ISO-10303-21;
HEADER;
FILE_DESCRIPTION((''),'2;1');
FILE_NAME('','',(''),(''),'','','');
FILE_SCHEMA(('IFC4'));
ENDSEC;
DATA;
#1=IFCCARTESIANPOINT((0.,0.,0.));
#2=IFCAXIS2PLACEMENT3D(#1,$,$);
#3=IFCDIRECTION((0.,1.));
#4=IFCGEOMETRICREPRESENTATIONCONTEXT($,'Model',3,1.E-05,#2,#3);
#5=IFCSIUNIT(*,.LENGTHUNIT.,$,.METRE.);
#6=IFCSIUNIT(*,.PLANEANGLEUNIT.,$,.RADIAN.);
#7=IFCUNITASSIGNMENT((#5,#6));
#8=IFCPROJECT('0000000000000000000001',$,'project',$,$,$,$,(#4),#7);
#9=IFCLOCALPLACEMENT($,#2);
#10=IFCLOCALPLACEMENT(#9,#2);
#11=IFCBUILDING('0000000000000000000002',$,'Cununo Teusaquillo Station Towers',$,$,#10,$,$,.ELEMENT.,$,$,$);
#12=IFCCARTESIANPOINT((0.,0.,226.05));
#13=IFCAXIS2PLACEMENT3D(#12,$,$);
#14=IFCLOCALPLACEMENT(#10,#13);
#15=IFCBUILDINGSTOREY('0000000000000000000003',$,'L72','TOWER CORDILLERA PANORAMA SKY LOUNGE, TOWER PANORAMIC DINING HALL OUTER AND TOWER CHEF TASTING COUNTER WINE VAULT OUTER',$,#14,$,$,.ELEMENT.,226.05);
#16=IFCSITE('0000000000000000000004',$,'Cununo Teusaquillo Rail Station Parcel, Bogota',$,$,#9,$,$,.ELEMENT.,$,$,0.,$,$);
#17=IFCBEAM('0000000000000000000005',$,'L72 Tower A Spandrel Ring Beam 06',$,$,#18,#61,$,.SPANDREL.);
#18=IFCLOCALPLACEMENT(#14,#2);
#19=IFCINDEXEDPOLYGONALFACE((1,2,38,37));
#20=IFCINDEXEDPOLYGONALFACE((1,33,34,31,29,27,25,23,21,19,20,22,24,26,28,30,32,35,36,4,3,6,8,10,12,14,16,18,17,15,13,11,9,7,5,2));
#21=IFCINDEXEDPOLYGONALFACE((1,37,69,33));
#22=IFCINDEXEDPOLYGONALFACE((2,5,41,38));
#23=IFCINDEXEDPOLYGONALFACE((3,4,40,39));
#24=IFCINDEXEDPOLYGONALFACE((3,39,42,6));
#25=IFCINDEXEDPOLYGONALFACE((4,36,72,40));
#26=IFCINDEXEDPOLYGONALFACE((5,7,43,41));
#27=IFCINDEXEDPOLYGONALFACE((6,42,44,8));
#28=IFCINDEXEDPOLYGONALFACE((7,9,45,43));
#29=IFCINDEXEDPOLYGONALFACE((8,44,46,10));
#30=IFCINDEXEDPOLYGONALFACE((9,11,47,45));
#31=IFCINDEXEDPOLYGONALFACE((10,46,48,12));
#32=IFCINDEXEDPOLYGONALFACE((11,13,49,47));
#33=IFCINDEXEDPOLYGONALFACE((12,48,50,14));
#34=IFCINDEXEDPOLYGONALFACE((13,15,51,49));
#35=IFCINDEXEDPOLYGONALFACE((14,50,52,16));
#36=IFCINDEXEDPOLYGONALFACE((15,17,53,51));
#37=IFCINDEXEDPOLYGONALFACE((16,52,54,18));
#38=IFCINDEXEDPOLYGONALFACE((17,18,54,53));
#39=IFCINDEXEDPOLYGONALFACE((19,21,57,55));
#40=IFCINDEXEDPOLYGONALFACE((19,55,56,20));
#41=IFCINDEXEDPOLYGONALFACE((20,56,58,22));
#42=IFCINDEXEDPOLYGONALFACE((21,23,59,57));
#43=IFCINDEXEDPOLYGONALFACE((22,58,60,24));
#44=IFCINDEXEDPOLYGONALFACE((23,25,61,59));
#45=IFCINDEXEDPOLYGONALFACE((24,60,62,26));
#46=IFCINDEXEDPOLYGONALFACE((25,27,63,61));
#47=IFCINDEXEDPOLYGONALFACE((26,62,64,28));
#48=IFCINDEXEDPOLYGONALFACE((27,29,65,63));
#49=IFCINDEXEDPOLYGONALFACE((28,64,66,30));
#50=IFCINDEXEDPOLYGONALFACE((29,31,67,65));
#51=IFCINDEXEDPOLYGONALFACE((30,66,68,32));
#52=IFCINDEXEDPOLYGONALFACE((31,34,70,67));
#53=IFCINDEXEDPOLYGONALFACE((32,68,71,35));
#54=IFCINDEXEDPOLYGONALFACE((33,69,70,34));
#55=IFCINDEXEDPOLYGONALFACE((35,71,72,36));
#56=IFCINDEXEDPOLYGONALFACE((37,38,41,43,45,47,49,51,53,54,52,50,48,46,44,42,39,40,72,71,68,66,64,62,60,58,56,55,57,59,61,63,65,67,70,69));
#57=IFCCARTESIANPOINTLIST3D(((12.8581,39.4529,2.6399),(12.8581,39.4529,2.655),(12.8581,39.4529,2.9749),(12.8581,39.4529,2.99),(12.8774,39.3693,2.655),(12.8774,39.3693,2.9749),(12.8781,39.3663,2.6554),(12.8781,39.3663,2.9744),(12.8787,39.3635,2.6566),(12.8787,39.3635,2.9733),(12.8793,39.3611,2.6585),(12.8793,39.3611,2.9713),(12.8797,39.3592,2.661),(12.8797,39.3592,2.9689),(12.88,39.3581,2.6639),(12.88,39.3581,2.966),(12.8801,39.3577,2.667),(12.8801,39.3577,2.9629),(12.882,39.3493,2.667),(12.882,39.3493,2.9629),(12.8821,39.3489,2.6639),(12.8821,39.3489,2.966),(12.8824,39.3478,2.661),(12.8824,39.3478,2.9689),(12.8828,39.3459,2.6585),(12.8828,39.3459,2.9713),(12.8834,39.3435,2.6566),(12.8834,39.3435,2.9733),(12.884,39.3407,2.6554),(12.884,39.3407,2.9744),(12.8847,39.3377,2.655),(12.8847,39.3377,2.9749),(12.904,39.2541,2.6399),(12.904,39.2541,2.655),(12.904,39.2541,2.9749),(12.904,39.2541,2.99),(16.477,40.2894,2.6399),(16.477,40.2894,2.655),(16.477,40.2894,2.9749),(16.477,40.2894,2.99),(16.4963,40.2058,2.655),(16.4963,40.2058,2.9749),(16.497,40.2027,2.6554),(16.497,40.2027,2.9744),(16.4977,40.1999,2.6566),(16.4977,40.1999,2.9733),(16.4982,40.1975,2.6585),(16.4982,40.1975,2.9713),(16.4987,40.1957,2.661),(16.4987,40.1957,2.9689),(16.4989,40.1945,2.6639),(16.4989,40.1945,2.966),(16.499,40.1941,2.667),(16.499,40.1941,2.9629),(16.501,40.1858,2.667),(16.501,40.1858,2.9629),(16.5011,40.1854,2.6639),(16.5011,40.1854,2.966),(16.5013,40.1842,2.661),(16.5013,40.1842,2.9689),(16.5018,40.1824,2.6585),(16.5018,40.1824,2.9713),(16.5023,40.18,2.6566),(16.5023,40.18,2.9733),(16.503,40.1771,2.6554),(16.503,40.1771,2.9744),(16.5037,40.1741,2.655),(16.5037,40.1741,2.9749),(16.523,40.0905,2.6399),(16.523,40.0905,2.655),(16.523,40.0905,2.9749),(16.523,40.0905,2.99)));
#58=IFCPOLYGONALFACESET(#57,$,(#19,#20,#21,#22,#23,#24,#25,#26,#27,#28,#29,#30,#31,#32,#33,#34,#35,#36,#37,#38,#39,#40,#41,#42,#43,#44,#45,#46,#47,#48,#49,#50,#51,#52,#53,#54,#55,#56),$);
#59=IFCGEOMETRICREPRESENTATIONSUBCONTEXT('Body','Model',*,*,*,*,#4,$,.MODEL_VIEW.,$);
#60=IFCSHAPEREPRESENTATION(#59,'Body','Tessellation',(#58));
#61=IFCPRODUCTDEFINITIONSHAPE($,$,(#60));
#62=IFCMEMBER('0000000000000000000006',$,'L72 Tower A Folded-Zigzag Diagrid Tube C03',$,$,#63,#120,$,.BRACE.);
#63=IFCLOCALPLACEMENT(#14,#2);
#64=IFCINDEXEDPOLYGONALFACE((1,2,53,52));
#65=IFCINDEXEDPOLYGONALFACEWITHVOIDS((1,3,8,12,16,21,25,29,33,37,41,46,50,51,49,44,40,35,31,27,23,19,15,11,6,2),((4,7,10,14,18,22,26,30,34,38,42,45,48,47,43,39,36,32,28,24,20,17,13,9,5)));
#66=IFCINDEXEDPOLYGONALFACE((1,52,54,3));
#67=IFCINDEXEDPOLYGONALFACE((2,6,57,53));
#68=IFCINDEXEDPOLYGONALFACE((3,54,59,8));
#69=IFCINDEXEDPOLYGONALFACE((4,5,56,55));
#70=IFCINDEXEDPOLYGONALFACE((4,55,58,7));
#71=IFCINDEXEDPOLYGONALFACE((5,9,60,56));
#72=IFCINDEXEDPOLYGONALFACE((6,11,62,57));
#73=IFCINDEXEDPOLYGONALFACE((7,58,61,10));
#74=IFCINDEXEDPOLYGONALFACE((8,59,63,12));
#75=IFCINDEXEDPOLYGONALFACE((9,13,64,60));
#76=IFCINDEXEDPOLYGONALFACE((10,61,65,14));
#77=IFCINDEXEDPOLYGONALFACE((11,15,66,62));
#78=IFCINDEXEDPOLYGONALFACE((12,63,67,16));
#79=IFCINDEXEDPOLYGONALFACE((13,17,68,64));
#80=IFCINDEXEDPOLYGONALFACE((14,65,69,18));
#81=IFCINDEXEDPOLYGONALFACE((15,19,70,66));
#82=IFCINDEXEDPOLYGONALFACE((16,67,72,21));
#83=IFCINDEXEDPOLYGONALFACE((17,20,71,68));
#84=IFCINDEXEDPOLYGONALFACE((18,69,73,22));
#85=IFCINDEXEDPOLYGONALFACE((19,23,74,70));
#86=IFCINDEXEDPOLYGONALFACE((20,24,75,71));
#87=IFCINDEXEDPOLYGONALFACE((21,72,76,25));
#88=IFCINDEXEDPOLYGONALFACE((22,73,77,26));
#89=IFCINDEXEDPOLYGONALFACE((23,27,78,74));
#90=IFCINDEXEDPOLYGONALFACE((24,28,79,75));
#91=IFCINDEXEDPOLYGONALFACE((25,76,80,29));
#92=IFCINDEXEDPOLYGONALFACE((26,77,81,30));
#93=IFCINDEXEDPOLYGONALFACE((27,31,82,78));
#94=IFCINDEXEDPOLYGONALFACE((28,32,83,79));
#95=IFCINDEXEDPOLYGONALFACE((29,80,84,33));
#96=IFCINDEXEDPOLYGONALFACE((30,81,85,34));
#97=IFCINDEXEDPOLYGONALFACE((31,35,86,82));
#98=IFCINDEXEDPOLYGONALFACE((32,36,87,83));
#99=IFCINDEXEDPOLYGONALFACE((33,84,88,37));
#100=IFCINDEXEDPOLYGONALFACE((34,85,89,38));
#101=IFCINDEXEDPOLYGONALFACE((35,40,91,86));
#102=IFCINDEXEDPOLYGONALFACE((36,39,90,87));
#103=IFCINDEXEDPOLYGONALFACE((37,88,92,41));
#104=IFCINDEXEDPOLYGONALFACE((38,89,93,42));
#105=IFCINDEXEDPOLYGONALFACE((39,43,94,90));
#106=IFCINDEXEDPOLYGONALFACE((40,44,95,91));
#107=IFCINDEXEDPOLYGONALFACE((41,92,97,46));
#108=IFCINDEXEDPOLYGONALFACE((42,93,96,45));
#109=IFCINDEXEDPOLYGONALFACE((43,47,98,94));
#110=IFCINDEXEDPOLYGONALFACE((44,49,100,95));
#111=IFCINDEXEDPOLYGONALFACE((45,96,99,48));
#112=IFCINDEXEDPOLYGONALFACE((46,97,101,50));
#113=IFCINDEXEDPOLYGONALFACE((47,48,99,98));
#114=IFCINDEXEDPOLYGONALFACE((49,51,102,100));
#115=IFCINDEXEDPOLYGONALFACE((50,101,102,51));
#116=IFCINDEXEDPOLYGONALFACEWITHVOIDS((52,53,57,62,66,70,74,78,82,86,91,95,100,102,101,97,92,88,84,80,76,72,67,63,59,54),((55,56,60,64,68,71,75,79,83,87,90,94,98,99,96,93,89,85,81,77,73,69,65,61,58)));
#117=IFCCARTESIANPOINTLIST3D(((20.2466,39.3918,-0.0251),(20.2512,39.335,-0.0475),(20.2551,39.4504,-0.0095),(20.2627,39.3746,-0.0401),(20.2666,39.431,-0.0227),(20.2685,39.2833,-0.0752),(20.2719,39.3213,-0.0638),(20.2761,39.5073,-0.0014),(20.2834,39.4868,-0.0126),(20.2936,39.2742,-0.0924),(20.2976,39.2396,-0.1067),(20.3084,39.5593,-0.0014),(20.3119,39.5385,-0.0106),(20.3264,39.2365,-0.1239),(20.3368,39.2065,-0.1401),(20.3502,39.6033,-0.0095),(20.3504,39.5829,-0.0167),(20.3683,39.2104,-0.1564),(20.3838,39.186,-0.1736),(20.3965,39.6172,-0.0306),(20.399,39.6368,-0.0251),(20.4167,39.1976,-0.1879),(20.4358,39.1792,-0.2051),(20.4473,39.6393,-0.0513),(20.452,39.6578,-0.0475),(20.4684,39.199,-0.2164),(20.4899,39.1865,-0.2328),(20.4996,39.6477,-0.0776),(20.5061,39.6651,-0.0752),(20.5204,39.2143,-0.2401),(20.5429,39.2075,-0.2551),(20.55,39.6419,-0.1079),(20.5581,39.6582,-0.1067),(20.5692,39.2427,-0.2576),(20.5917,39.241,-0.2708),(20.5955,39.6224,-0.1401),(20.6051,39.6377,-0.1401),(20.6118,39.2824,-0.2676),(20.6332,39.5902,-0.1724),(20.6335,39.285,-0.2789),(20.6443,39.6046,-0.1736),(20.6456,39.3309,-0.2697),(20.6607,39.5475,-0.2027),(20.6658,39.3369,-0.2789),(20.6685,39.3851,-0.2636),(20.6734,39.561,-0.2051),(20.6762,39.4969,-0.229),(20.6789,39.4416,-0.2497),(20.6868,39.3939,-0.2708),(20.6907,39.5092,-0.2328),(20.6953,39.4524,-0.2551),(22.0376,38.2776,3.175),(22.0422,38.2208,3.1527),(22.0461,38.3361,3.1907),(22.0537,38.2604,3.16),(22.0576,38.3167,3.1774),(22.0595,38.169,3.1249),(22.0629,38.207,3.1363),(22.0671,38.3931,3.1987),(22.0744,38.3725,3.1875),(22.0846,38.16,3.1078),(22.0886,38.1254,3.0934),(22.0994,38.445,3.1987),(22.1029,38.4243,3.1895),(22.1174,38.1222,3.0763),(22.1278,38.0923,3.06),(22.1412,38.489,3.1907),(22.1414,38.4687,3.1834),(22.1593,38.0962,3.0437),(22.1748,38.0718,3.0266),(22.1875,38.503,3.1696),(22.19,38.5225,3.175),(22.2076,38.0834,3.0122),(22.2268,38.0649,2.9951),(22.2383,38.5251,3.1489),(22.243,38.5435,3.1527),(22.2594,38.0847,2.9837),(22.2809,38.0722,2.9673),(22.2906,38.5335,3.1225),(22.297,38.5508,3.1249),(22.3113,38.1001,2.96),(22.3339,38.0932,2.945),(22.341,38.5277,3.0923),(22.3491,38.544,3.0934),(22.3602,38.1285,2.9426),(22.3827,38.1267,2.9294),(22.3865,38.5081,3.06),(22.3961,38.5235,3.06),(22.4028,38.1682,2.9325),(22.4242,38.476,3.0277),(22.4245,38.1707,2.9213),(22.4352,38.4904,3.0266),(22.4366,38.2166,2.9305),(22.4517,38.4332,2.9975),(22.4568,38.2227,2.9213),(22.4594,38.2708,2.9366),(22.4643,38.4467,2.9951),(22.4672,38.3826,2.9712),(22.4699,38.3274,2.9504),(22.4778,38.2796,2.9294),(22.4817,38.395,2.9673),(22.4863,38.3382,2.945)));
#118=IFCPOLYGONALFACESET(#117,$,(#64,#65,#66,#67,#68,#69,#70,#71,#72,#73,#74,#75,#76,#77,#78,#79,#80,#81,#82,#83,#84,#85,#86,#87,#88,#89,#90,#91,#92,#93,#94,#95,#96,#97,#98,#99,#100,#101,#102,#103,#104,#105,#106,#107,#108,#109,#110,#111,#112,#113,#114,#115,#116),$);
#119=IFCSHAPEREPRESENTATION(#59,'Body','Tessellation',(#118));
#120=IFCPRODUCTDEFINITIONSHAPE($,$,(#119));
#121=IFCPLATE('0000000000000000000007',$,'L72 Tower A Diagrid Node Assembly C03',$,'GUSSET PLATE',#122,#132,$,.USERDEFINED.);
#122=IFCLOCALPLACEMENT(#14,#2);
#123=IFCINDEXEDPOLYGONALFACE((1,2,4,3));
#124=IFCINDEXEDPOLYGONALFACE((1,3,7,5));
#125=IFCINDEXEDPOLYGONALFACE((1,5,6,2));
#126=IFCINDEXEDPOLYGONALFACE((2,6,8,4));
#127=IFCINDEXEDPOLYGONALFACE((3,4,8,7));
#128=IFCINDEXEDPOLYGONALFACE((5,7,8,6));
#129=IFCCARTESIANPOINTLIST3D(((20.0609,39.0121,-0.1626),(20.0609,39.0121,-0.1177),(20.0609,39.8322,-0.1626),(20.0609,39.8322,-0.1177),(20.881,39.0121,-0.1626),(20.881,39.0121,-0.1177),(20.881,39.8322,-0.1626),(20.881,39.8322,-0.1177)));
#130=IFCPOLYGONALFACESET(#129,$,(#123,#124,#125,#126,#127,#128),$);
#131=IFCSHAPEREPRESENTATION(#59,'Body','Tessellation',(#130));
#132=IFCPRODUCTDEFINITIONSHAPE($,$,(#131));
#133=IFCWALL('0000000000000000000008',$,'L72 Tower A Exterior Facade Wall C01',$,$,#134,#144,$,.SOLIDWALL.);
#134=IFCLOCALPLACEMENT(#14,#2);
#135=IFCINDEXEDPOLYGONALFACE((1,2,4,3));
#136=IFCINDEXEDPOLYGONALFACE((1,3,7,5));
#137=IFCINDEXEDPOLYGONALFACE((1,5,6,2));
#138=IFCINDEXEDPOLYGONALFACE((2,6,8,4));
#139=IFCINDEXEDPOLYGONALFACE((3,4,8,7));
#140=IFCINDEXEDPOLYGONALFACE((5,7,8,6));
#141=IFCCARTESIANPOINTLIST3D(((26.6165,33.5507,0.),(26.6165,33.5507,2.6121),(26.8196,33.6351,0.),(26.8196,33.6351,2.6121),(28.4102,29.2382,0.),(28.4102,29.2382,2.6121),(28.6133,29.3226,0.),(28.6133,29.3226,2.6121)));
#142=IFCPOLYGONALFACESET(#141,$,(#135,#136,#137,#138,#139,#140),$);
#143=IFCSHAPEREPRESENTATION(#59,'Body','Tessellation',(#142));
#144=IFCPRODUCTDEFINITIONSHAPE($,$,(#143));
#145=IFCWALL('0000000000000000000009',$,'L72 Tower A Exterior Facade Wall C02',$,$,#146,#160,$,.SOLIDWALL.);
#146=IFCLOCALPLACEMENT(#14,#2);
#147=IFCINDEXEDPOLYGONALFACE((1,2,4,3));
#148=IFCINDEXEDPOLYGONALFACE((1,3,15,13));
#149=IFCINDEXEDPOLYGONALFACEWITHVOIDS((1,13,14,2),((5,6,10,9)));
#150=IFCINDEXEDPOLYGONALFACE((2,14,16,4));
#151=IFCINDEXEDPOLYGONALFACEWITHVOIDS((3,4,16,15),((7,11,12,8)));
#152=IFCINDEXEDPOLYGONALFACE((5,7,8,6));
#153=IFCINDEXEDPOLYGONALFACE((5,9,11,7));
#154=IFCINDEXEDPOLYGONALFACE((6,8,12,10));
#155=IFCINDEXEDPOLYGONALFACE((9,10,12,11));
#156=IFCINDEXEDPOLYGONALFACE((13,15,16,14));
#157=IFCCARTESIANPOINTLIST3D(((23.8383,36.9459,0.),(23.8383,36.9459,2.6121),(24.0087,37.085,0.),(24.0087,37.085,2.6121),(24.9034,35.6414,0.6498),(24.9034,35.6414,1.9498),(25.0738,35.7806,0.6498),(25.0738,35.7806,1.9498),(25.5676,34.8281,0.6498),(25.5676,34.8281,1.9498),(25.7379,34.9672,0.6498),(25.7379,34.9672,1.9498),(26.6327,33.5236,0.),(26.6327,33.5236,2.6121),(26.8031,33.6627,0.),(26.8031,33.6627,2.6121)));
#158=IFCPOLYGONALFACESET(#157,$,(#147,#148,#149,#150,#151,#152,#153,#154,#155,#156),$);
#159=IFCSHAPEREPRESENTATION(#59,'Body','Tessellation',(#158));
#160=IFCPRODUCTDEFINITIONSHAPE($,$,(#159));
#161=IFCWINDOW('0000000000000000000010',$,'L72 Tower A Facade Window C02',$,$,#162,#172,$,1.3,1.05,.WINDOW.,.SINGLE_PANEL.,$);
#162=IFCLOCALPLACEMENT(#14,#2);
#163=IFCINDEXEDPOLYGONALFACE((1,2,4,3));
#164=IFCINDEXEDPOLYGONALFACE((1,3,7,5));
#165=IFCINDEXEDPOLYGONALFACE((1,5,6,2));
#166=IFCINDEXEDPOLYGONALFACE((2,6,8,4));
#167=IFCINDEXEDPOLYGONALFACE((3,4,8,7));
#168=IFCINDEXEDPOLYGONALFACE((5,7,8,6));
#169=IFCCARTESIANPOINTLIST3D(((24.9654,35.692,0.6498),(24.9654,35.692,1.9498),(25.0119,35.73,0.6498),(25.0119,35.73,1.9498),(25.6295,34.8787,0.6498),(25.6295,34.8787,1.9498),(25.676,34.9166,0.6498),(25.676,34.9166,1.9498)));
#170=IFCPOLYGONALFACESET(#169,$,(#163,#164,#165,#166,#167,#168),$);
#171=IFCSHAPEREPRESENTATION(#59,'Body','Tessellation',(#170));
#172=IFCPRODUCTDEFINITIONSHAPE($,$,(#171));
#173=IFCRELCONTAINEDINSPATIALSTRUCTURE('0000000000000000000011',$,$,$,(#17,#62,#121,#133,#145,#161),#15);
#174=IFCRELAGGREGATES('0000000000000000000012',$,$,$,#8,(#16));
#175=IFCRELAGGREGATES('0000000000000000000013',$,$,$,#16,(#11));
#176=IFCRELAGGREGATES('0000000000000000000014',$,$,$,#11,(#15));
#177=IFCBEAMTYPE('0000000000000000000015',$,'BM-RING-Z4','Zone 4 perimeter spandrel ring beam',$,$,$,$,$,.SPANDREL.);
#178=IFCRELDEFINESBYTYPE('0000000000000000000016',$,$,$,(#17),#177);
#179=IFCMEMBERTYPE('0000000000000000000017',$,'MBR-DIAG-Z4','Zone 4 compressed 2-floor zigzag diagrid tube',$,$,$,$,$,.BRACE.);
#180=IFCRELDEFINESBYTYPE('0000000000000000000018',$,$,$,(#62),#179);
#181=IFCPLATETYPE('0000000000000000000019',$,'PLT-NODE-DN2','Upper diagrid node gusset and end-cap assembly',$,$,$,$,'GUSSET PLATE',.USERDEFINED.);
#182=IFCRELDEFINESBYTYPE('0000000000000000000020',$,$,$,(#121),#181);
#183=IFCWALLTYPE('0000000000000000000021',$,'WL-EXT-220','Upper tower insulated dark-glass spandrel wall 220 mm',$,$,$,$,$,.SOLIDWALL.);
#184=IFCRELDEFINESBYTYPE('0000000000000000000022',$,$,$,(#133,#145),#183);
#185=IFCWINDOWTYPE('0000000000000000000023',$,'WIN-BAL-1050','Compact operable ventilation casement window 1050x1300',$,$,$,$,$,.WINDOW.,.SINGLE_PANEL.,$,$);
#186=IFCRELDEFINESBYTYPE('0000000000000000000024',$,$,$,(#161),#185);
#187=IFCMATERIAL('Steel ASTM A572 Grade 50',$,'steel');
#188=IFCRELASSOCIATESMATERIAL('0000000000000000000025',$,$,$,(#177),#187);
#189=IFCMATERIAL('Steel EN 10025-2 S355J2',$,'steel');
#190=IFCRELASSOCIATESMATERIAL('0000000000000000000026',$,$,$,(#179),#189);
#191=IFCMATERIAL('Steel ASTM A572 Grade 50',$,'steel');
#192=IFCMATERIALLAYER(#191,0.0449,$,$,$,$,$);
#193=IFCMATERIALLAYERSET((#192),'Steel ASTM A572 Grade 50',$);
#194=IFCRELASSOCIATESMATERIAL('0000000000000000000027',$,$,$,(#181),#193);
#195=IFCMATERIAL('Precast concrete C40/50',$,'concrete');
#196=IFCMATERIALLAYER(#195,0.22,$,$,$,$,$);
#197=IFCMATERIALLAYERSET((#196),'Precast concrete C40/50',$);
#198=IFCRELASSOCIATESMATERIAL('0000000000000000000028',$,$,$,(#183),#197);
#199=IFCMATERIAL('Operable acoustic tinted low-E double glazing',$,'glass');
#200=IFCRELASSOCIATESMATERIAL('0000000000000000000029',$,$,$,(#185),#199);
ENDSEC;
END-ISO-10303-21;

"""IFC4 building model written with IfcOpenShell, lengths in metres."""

from ifc_helpers import new_model, si_unit, direction, frame, frame_2d, origin, origin_2d, place, context, subcontext, project, spatial, rectangle, hollow_circle, i_section, extrude, source, transform, mapped, material, layer, layer_set, material_profile, profile_set, type_object, element, fill, save


model = new_model("IFC4")

# Units and contexts
model_context = context("Model", 3, precision=1e-05, world=origin(), true_north=direction((0.0, 1.0)))
body_context = subcontext(model_context, "Body", "Model", "MODEL_VIEW")
ifc_project = project(units=[si_unit("LENGTHUNIT", "METRE"), si_unit("PLANEANGLEUNIT", "RADIAN")], contexts=[model_context])

# Site, building, storey
site_placement = place(None, origin())
site = spatial("IfcSite", under=ifc_project, at=site_placement, Name="Cununo Teusaquillo Rail Station Parcel, Bogota", CompositionType="ELEMENT", RefElevation=0.0)
building_placement = place(site_placement, origin())
building = spatial("IfcBuilding", under=site, at=building_placement, Name="Cununo Teusaquillo Station Towers", CompositionType="ELEMENT")
storey_placement = place(building_placement, frame((0.0, 0.0, 226.05)))
storey = spatial("IfcBuildingStorey", under=building, at=storey_placement, Name="L72", Description="TOWER CORDILLERA PANORAMA SKY LOUNGE, TOWER PANORAMIC DINING HALL OUTER AND TOWER CHEF TASTING COUNTER WINE VAULT OUTER", CompositionType="ELEMENT", Elevation=226.05)

# Beam
ifc_material_1 = material(Name="Steel ASTM A572 Grade 50", Category="steel")
ifc_material_profile_1 = material_profile(ifc_material_1, i_section(OverallWidth=0.2041, OverallDepth=0.3501, WebThickness=0.0085, FlangeThickness=0.0151, FilletRadius=0.012, at=origin_2d()), Name="W14X48")
ifc_profile_set_1 = profile_set([ifc_material_profile_1], Name="Steel ASTM A572 Grade 50")
beam_type_1 = type_object("IfcBeamType", Name="BM-RING-Z4", Description="Zone 4 perimeter spandrel ring beam", PredefinedType="SPANDREL", material=ifc_profile_set_1)
for number, where, z_axis, x_axis, name in (
    (1, (16.5, 40.1899, 2.8149), (-0.974315, -0.225191, 0.0), (0.225191, -0.974315, 0.0), "L72 Tower A Spandrel Ring Beam 06"),
):
    element("IfcBeam", number, at=place(storey_placement, frame(where, z_axis=z_axis, x_axis=x_axis)), inside=storey, type_object=beam_type_1, Name=name, PredefinedType="SPANDREL", context=body_context, shape_type="SweptSolid", body=[
        extrude(i_section(OverallWidth=0.2041, OverallDepth=0.3501, WebThickness=0.0085, FlangeThickness=0.0151, FilletRadius=0.012, at=origin_2d()), origin(), (0.0, 0.0, 1.0), 3.7144),
    ])

# Member
ifc_material_2 = material(Name="Steel EN 10025-2 S355J2", Category="steel")
ifc_material_profile_2 = material_profile(ifc_material_2, hollow_circle(Radius=0.2539, WallThickness=0.0181, at=origin_2d()), Name="CHS 508x18")
ifc_profile_set_2 = profile_set([ifc_material_profile_2], Name="Steel EN 10025-2 S355J2")
member_type = type_object("IfcMemberType", Name="MBR-DIAG-Z4", Description="Zone 4 compressed 2-floor zigzag diagrid tube", PredefinedType="BRACE", material=ifc_profile_set_2)
member_placement = place(storey_placement, frame((20.4709, 39.4221, -0.1401), z_axis=(0.467283, -0.290714, 0.834944), x_axis=(0.52825, 0.849089, 0.0)))
element("IfcMember", 2, at=member_placement, inside=storey, type_object=member_type, Name="L72 Tower A Folded-Zigzag Diagrid Tube C03", PredefinedType="BRACE", context=body_context, shape_type="SweptSolid", body=[
    extrude(hollow_circle(Radius=0.2539, WallThickness=0.0181, at=origin_2d()), origin(), (0.0, 0.0, 1.0), 3.8328),
])

# Plate
ifc_material_3 = material(Name="Steel ASTM A572 Grade 50", Category="steel")
ifc_layer_1 = layer(ifc_material_3, 0.0449)
ifc_layer_set_1 = layer_set([ifc_layer_1], Name="Steel ASTM A572 Grade 50")
plate_type = type_object("IfcPlateType", Name="PLT-NODE-DN2", Description="Upper diagrid node gusset and end-cap assembly", ElementType="GUSSET PLATE", PredefinedType="USERDEFINED", material=ifc_layer_set_1)
shared_shape_1 = source(origin(), body_context, "Body", "SweptSolid", [
    extrude(rectangle(XDim=0.8201, YDim=0.8201, at=origin_2d()), origin(), (0.0, 0.0, 1.0), 0.0449),
])
plate_placement = place(storey_placement, frame((20.4709, 39.4221, -0.1626), z_axis=(0.0, 0.0, 1.0), x_axis=(1.0, 0.0, 0.0)))
element("IfcPlate", 3, at=plate_placement, inside=storey, type_object=plate_type, Name="L72 Tower A Diagrid Node Assembly C03", ObjectType="GUSSET PLATE", PredefinedType="USERDEFINED", context=body_context, shape_type="MappedRepresentation", body=[
    mapped(shared_shape_1, transform((0.0, 0.0, 0.0), x_axis=(1.0, 0.0, 0.0), y_axis=(0.0, 1.0, 0.0), z_axis=(0.0, 0.0, 1.0), scale=1.0)),
])

# Wall
ifc_material_4 = material(Name="Precast concrete C40/50", Category="concrete")
ifc_layer_2 = layer(ifc_material_4, 0.22)
ifc_layer_set_2 = layer_set([ifc_layer_2], Name="Precast concrete C40/50")
wall_type_1 = type_object("IfcWallType", Name="WL-EXT-220", Description="Upper tower insulated dark-glass spandrel wall 220 mm", PredefinedType="SOLIDWALL", material=ifc_layer_set_2)
wall_1_placement = place(storey_placement, frame((26.718, 33.593, 0.0), z_axis=(0.0, 0.0, 1.0), x_axis=(0.384036, -0.923318, 0.0)))
element("IfcWall", 4, at=wall_1_placement, inside=storey, type_object=wall_type_1, Name="L72 Tower A Exterior Facade Wall C01", PredefinedType="SOLIDWALL", context=body_context, shape_type="SweptSolid", body=[
    extrude(rectangle(XDim=4.6707, YDim=0.22, at=frame_2d((2.3354, 0.0))), origin(), (0.0, 0.0, 1.0), 2.6121),
])

# Wall, opening, window
wall_2_placement = place(storey_placement, frame((23.9236, 37.0154, 0.0), z_axis=(0.0, 0.0, 1.0), x_axis=(0.632467, -0.774587, 0.0)))
wall_2 = element("IfcWall", 5, at=wall_2_placement, inside=storey, type_object=wall_type_1, Name="L72 Tower A Exterior Facade Wall C02", PredefinedType="SOLIDWALL", context=body_context, shape_type="SweptSolid", body=[
    extrude(rectangle(XDim=4.4182, YDim=0.22, at=frame_2d((2.209, 0.0))), origin(), (0.0, 0.0, 1.0), 2.6121),
])
shared_shape_2 = source(origin(), body_context, "Body", "SweptSolid", [
    extrude(rectangle(XDim=1.05, YDim=1.3, at=frame_2d((0.5249, 0.6499))), frame((0.0, 0.1199, 0.0), z_axis=(0.0, -1.0, 0.0), x_axis=(1.0, 0.0, 0.0)), (0.0, 0.0, 1.0), 0.24),
])
opening_1_placement = place(wall_2_placement, frame((1.6841, 0.0, 0.6499)))
opening_1 = element("IfcOpeningElement", 6, at=opening_1_placement, cuts=wall_2, PredefinedType="OPENING", context=body_context, shape_type="MappedRepresentation", body=[
    mapped(shared_shape_2, transform((0.0, 0.0, 0.0), x_axis=(1.0, 0.0, 0.0), y_axis=(0.0, 1.0, 0.0), z_axis=(0.0, 0.0, 1.0), scale=1.0)),
])
ifc_material_5 = material(Name="Operable acoustic tinted low-E double glazing", Category="glass")
window_type = type_object("IfcWindowType", Name="WIN-BAL-1050", Description="Compact operable ventilation casement window 1050x1300", PartitioningType="SINGLE_PANEL", PredefinedType="WINDOW", material=ifc_material_5)
shared_shape_3 = source(origin(), body_context, "Body", "SweptSolid", [
    extrude(rectangle(XDim=1.05, YDim=1.3, at=frame_2d((0.5249, 0.6499))), frame((0.0, 0.03, 0.0), z_axis=(0.0, -1.0, 0.0), x_axis=(1.0, 0.0, 0.0)), (0.0, 0.0, 1.0), 0.0601),
])
window_placement = place(opening_1_placement, origin())
window = element("IfcWindow", 7, at=window_placement, inside=storey, type_object=window_type, Name="L72 Tower A Facade Window C02", OverallHeight=1.3, OverallWidth=1.05, PartitioningType="SINGLE_PANEL", PredefinedType="WINDOW", context=body_context, shape_type="MappedRepresentation", body=[
    mapped(shared_shape_3, transform((0.0, 0.0, 0.0), x_axis=(1.0, 0.0, 0.0), y_axis=(0.0, 1.0, 0.0), z_axis=(0.0, 0.0, 1.0), scale=1.0)),
])
fill(opening_1, window)

save(model, "model.ifc")
